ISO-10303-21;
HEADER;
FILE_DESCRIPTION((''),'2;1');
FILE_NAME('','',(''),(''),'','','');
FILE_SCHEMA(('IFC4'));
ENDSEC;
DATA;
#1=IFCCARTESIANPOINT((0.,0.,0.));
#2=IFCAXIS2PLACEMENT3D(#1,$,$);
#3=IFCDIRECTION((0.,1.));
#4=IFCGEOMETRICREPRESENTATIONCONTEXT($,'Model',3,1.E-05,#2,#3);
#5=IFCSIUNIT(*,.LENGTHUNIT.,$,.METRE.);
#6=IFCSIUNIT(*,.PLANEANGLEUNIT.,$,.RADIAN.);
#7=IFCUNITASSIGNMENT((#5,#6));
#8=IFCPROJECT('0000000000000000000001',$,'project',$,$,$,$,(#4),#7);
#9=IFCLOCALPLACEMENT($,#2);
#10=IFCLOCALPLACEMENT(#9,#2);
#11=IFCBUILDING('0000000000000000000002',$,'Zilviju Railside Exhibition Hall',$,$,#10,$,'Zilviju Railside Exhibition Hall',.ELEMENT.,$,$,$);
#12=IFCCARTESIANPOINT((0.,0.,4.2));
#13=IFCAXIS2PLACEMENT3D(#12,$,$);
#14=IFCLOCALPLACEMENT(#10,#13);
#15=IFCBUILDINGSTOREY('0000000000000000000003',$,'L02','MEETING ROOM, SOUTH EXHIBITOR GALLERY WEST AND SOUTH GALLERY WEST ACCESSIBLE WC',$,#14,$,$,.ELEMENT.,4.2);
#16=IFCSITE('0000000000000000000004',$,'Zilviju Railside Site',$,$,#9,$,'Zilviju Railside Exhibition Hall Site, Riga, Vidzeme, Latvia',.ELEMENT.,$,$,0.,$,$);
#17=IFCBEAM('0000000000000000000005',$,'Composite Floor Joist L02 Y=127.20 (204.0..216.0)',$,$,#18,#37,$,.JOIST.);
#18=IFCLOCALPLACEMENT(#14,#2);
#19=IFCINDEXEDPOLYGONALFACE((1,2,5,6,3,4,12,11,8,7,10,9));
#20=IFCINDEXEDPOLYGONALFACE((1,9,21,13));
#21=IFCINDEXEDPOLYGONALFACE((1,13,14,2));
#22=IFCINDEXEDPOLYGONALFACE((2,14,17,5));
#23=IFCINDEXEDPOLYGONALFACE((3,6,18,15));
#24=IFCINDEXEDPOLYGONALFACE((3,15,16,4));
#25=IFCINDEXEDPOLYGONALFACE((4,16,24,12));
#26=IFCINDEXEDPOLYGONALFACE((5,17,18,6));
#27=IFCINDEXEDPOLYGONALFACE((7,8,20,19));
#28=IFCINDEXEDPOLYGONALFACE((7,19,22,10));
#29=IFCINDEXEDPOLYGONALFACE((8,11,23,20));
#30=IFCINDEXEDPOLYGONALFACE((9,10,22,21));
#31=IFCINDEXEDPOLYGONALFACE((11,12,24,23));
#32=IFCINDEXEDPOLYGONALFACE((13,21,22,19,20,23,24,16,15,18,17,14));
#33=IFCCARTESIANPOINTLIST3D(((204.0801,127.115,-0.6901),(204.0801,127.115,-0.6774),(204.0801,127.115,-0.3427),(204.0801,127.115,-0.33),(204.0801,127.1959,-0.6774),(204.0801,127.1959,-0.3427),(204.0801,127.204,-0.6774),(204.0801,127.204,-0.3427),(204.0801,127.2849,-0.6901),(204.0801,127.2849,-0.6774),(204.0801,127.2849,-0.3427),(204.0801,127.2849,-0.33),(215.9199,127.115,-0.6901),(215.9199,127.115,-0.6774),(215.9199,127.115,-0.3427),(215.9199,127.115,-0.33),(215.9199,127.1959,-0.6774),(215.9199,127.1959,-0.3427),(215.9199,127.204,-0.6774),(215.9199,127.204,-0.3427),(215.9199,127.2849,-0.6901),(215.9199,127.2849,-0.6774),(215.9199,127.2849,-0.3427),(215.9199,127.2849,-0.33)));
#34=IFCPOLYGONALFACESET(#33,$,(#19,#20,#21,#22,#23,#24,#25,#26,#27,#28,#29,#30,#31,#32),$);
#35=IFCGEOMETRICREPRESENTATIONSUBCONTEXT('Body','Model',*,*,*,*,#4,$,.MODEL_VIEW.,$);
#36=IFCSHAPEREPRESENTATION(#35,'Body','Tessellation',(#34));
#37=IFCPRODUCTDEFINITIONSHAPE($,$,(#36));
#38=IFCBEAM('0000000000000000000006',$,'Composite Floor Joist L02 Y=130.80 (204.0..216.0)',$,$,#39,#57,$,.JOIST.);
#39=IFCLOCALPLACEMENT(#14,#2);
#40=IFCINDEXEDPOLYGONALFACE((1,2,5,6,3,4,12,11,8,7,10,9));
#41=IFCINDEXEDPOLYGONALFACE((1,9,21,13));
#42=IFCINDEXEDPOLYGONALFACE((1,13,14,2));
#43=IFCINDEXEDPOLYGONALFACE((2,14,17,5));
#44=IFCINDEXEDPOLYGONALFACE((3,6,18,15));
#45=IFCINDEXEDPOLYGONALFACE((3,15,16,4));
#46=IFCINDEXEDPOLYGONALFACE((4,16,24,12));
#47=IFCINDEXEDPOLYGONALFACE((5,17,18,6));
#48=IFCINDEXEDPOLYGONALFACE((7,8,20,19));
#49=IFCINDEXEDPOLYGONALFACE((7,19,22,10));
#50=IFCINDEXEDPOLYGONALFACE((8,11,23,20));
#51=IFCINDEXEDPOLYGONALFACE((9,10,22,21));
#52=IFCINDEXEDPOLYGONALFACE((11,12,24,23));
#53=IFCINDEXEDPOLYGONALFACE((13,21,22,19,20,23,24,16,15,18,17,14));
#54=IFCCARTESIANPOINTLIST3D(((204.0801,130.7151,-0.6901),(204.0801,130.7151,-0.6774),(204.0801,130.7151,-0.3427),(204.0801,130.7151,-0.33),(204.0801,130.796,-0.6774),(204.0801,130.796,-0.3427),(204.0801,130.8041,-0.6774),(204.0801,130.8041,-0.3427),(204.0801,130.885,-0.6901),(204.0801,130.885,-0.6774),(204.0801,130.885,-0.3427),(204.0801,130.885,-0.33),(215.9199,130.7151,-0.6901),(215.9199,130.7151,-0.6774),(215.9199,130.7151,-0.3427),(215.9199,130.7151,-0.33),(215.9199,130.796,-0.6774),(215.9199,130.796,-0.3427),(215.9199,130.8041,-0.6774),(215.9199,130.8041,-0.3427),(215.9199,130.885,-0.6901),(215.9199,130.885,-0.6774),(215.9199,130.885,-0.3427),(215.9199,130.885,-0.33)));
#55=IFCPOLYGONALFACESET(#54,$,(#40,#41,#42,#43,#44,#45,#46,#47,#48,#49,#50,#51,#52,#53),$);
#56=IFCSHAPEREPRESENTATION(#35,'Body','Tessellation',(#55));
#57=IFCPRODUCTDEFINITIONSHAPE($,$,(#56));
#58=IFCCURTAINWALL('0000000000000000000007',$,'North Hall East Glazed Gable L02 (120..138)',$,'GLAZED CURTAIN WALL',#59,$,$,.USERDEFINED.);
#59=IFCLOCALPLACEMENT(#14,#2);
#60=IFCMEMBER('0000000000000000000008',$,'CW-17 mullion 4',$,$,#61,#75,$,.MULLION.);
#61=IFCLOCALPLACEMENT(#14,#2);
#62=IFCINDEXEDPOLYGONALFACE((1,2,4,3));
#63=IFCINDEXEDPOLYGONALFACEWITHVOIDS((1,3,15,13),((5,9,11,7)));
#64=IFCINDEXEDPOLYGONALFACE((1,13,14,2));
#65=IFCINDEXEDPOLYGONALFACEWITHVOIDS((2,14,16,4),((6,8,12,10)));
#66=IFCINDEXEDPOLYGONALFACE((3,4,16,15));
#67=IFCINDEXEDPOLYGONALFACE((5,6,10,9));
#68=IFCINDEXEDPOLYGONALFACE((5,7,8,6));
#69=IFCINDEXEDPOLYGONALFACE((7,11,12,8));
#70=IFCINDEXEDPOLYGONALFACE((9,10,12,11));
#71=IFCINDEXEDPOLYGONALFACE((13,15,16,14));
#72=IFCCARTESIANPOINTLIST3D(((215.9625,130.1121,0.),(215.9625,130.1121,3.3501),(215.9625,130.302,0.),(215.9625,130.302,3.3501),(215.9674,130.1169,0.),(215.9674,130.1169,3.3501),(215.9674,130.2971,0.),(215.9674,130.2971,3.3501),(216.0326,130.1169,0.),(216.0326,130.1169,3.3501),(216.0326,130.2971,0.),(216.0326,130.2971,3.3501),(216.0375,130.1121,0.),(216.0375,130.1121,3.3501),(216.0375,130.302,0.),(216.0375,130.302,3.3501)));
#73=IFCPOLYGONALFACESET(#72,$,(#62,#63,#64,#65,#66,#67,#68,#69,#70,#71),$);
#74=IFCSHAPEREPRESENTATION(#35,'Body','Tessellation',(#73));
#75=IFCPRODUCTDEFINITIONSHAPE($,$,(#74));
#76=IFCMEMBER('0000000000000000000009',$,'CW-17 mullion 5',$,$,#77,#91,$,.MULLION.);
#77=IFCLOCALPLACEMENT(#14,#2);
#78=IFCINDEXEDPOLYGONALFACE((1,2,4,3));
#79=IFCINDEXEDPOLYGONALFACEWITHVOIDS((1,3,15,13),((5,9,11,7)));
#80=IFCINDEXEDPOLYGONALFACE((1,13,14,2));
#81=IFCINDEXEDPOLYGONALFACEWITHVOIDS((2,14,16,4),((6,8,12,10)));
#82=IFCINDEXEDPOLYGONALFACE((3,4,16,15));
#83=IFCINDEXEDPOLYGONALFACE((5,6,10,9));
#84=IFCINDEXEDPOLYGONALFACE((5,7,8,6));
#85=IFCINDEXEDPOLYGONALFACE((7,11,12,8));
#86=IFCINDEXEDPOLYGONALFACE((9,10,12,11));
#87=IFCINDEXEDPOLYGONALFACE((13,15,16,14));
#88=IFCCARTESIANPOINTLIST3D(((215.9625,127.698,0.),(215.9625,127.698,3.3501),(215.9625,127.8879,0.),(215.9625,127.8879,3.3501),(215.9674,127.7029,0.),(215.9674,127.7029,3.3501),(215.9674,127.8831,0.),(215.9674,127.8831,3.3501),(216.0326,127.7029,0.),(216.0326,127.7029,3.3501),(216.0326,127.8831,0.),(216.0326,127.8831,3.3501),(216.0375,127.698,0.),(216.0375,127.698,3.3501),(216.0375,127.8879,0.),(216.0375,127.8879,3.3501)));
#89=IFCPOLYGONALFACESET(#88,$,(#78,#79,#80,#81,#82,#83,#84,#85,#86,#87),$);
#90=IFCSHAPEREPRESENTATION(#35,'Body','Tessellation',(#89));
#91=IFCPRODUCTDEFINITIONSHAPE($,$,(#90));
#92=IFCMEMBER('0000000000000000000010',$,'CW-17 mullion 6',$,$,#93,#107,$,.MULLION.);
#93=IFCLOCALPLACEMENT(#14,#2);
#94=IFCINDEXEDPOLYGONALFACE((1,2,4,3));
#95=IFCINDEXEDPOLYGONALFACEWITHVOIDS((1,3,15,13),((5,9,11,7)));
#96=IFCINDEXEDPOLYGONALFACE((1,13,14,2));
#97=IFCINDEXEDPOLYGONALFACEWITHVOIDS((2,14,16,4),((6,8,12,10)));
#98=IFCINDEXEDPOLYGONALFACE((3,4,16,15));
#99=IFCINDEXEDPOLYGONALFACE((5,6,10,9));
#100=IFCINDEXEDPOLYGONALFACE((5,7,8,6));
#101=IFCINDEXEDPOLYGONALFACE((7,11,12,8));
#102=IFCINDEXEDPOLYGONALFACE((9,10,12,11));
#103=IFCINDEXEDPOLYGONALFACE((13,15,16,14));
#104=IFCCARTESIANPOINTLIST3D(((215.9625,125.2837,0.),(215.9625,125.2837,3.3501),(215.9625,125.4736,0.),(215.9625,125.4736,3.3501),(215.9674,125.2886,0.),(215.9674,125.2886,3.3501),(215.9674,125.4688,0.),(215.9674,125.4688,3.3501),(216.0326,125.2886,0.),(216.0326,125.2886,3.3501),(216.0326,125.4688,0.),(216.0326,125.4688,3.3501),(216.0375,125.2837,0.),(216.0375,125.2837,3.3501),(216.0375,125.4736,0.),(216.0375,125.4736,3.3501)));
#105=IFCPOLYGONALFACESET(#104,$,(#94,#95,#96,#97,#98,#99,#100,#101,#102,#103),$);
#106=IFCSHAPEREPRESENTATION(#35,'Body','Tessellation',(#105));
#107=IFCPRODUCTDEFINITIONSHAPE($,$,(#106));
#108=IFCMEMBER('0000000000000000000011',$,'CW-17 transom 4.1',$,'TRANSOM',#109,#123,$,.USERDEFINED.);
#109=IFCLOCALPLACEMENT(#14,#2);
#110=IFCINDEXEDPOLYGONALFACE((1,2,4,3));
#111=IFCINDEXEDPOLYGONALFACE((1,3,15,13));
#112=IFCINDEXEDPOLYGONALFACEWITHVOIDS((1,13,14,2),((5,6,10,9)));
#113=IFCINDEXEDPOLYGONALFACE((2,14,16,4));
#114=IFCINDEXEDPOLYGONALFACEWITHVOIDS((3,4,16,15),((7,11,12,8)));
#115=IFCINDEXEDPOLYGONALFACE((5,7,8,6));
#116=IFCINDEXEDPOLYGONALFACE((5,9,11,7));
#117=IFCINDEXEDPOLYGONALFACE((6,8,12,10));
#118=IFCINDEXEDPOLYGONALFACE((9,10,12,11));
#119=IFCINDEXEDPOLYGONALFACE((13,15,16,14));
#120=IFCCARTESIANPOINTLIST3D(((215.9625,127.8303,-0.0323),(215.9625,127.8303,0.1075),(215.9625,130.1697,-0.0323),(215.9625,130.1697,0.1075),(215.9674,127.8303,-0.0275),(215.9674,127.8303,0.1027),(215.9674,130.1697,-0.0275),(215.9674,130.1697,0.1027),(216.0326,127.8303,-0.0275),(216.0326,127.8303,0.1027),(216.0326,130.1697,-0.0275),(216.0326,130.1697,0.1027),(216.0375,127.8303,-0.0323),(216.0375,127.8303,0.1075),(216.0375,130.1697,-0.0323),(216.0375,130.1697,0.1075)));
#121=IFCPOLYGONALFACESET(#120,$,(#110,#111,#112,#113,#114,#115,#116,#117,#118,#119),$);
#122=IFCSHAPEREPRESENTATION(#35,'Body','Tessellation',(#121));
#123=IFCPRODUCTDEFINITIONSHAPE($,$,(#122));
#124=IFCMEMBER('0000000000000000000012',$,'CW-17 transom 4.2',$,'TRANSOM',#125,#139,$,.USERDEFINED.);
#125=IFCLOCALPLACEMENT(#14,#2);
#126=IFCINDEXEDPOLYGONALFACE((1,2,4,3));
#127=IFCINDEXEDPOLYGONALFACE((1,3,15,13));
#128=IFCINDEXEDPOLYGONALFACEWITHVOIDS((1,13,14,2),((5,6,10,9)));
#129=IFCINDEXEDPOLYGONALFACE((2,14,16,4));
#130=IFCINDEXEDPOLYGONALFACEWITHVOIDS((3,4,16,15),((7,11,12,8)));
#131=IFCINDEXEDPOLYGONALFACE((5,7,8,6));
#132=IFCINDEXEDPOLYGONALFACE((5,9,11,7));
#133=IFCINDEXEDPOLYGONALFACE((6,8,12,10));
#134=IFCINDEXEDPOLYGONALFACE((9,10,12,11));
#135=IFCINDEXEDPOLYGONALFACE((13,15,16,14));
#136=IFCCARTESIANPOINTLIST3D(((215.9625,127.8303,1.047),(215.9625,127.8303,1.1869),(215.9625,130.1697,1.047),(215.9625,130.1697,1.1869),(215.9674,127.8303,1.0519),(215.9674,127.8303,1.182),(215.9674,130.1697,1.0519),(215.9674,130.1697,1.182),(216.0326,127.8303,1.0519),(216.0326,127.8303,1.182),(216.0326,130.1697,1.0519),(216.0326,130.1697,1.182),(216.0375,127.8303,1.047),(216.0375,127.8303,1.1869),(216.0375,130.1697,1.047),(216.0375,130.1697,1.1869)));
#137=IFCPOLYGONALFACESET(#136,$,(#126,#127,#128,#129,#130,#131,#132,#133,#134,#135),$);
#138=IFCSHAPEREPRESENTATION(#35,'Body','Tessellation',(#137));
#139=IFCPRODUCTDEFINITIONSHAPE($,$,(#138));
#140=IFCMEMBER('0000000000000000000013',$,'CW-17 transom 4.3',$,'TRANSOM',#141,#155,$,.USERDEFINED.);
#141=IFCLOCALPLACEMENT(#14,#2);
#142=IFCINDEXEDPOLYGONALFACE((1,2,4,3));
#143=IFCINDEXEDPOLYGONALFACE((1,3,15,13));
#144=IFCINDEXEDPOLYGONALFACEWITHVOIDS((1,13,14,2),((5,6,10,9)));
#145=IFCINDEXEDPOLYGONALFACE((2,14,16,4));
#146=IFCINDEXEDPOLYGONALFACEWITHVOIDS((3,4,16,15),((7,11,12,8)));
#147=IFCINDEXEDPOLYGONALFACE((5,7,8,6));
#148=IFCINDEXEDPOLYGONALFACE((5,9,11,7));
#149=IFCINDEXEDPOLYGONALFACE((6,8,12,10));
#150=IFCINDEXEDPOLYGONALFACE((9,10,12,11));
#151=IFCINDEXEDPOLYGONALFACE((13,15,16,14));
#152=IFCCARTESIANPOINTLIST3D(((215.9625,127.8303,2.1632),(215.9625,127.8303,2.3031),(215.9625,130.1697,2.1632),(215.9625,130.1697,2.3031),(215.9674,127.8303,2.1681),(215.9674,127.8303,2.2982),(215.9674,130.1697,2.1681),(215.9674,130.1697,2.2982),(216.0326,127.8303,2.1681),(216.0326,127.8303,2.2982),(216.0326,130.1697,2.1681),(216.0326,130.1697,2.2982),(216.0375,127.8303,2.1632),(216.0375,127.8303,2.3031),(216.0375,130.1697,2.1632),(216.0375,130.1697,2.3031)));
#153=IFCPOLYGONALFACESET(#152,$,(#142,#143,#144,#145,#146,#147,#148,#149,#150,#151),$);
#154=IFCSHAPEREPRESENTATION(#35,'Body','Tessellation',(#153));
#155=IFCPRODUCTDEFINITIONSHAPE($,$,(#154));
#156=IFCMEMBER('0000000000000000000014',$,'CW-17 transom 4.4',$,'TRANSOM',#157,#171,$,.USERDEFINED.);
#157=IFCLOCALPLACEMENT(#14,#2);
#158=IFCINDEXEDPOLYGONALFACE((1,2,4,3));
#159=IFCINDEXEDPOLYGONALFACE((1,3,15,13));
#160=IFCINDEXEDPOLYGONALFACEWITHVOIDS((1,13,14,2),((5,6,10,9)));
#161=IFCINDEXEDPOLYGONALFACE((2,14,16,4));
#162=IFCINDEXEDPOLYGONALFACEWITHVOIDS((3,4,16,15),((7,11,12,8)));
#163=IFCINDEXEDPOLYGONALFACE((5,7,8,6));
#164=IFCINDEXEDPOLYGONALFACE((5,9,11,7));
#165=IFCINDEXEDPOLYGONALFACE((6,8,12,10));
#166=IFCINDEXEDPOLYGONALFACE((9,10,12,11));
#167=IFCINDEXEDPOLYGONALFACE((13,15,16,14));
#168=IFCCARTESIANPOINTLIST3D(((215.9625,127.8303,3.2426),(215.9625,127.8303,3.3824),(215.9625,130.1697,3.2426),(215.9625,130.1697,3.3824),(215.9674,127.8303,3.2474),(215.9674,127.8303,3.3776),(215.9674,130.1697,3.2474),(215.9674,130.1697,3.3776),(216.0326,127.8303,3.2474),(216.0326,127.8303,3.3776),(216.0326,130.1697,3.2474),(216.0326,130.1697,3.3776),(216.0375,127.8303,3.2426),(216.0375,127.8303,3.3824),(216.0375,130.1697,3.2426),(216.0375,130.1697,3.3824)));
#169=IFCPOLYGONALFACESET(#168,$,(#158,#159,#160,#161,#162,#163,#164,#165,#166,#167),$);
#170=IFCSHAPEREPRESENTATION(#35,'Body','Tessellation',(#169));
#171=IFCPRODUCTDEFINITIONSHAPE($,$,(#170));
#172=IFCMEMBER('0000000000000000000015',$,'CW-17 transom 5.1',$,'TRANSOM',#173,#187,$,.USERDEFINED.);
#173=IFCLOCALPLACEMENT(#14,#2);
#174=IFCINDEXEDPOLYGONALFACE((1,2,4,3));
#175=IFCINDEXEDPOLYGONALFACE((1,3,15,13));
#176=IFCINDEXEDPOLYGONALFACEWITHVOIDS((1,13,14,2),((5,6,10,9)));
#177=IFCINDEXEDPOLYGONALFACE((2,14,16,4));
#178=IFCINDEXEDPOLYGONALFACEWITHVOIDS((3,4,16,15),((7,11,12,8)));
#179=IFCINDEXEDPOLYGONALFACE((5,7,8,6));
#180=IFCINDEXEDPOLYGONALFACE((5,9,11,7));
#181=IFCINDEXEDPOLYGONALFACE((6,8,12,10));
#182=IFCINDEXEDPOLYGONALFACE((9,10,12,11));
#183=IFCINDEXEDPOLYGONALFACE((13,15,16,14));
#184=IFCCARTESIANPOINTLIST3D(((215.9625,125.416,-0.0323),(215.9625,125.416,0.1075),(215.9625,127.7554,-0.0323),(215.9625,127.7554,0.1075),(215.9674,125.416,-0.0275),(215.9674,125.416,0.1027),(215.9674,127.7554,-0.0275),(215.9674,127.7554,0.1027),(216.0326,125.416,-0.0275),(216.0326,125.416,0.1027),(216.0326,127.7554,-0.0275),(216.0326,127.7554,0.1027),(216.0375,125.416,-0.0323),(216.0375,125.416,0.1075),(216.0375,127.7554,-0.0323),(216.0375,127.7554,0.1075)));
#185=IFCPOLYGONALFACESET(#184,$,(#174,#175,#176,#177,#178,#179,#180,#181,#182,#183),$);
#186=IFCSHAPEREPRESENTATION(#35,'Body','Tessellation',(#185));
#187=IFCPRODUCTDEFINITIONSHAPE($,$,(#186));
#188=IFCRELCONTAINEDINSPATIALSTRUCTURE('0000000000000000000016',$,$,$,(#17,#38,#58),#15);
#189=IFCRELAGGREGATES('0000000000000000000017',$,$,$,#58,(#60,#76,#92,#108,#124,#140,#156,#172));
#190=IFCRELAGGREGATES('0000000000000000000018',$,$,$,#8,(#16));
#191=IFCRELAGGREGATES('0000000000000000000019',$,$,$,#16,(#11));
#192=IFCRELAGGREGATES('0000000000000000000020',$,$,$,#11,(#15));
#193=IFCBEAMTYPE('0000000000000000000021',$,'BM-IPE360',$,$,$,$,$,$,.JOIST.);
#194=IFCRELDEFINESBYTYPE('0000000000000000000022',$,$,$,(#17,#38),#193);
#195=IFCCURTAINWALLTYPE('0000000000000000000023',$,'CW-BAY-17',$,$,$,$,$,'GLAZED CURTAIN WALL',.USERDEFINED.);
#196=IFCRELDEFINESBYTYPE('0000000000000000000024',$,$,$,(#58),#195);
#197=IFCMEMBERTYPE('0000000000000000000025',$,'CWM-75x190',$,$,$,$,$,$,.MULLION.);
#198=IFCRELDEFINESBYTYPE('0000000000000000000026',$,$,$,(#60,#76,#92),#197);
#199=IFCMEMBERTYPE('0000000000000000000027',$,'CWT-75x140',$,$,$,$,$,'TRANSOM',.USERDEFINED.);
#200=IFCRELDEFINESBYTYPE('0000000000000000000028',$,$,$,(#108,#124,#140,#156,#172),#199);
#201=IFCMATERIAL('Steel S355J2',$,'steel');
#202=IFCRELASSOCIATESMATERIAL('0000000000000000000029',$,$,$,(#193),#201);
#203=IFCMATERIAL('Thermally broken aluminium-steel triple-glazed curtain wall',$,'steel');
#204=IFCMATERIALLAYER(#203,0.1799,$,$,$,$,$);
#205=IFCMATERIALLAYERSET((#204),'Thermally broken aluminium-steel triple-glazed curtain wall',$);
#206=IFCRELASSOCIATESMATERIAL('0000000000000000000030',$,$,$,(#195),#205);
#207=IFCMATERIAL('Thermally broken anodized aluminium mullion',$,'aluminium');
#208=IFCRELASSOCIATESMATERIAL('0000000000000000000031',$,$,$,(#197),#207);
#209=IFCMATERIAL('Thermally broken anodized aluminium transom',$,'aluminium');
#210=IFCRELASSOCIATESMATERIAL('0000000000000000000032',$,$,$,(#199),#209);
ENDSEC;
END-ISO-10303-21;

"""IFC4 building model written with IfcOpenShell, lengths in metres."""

from ifc_helpers import new_model, si_unit, direction, frame, origin, origin_2d, place, context, subcontext, project, spatial, hollow_rectangle, i_section, extrude, material, layer, layer_set, material_profile, profile_set, type_object, element, aggregate, save


model = new_model("IFC4")

# Units and contexts
model_context = context("Model", 3, precision=1e-05, world=origin(), true_north=direction((0.0, 1.0)))
body_context = subcontext(model_context, "Body", "Model", "MODEL_VIEW")
ifc_project = project(units=[si_unit("LENGTHUNIT", "METRE"), si_unit("PLANEANGLEUNIT", "RADIAN")], contexts=[model_context])

# Site, building, storey
site_placement = place(None, origin())
site = spatial("IfcSite", under=ifc_project, at=site_placement, Name="Zilviju Railside Site", LongName="Zilviju Railside Exhibition Hall Site, Riga, Vidzeme, Latvia", CompositionType="ELEMENT", RefElevation=0.0)
building_placement = place(site_placement, origin())
building = spatial("IfcBuilding", under=site, at=building_placement, Name="Zilviju Railside Exhibition Hall", LongName="Zilviju Railside Exhibition Hall", CompositionType="ELEMENT")
storey_placement = place(building_placement, frame((0.0, 0.0, 4.2)))
storey = spatial("IfcBuildingStorey", under=building, at=storey_placement, Name="L02", Description="MEETING ROOM, SOUTH EXHIBITOR GALLERY WEST AND SOUTH GALLERY WEST ACCESSIBLE WC", CompositionType="ELEMENT", Elevation=4.2)

# Beams
ifc_material_1 = material(Name="Steel S355J2", Category="steel")
ifc_material_profile_1 = material_profile(ifc_material_1, i_section(OverallWidth=0.1699, OverallDepth=0.3601, WebThickness=0.0081, FlangeThickness=0.0127, at=origin_2d()), Name="IPE 360")
ifc_profile_set_1 = profile_set([ifc_material_profile_1], Name="Steel S355J2")
beam_type = type_object("IfcBeamType", Name="BM-IPE360", PredefinedType="JOIST", material=ifc_profile_set_1)
for number, where, z_axis, x_axis, name in (
    (1, (204.0801, 127.2, -0.51), (1.0, 0.0, 0.0), (0.0, 1.0, 0.0), "Composite Floor Joist L02 Y=127.20 (204.0..216.0)"),
    (2, (204.0801, 130.8, -0.51), (1.0, 0.0, 0.0), (0.0, 1.0, 0.0), "Composite Floor Joist L02 Y=130.80 (204.0..216.0)"),
):
    element("IfcBeam", number, at=place(storey_placement, frame(where, z_axis=z_axis, x_axis=x_axis)), inside=storey, type_object=beam_type, Name=name, PredefinedType="JOIST", context=body_context, shape_type="SweptSolid", body=[
        extrude(i_section(OverallWidth=0.1699, OverallDepth=0.3601, WebThickness=0.0081, FlangeThickness=0.0127, at=origin_2d()), origin(), (0.0, 0.0, 1.0), 11.8398),
    ])

# Curtain wall, members
ifc_material_2 = material(Name="Thermally broken aluminium-steel triple-glazed curtain wall", Category="steel")
ifc_layer_1 = layer(ifc_material_2, 0.1799)
ifc_layer_set_1 = layer_set([ifc_layer_1], Name="Thermally broken aluminium-steel triple-glazed curtain wall")
curtain_wall_type = type_object("IfcCurtainWallType", Name="CW-BAY-17", ElementType="GLAZED CURTAIN WALL", PredefinedType="USERDEFINED", material=ifc_layer_set_1)
curtain_wall_placement = place(storey_placement, origin())
curtain_wall = element("IfcCurtainWall", 3, at=curtain_wall_placement, inside=storey, type_object=curtain_wall_type, Name="North Hall East Glazed Gable L02 (120..138)", ObjectType="GLAZED CURTAIN WALL", PredefinedType="USERDEFINED")
ifc_material_3 = material(Name="Thermally broken anodized aluminium mullion", Category="aluminium")
ifc_material_profile_2 = material_profile(ifc_material_3, hollow_rectangle(XDim=0.075, YDim=0.1899, WallThickness=0.0049, at=origin_2d()), Name="MULLION 190x75x5")
ifc_profile_set_2 = profile_set([ifc_material_profile_2], Name="Thermally broken anodized aluminium mullion")
member_type_1 = type_object("IfcMemberType", Name="CWM-75x190", PredefinedType="MULLION", material=ifc_profile_set_2)
member_1_placement = place(storey_placement, frame((216.0, 130.207, 0.0), z_axis=(0.0, 0.0, 1.0), x_axis=(1.0, 0.0, 0.0)))
member_1 = element("IfcMember", 4, at=member_1_placement, type_object=member_type_1, Name="CW-17 mullion 4", PredefinedType="MULLION", context=body_context, shape_type="SweptSolid", body=[
    extrude(hollow_rectangle(XDim=0.075, YDim=0.1899, WallThickness=0.0049, at=origin_2d()), origin(), (0.0, 0.0, 1.0), 3.3501),
])
member_2_placement = place(storey_placement, frame((216.0, 127.793, 0.0), z_axis=(0.0, 0.0, 1.0), x_axis=(1.0, 0.0, 0.0)))
member_2 = element("IfcMember", 5, at=member_2_placement, type_object=member_type_1, Name="CW-17 mullion 5", PredefinedType="MULLION", context=body_context, shape_type="SweptSolid", body=[
    extrude(hollow_rectangle(XDim=0.075, YDim=0.1899, WallThickness=0.0049, at=origin_2d()), origin(), (0.0, 0.0, 1.0), 3.3501),
])
member_3_placement = place(storey_placement, frame((216.0, 125.3787, 0.0), z_axis=(0.0, 0.0, 1.0), x_axis=(1.0, 0.0, 0.0)))
member_3 = element("IfcMember", 6, at=member_3_placement, type_object=member_type_1, Name="CW-17 mullion 6", PredefinedType="MULLION", context=body_context, shape_type="SweptSolid", body=[
    extrude(hollow_rectangle(XDim=0.075, YDim=0.1899, WallThickness=0.0049, at=origin_2d()), origin(), (0.0, 0.0, 1.0), 3.3501),
])
ifc_material_4 = material(Name="Thermally broken anodized aluminium transom", Category="aluminium")
ifc_material_profile_3 = material_profile(ifc_material_4, hollow_rectangle(XDim=0.075, YDim=0.1399, WallThickness=0.0049, at=origin_2d()), Name="TRANSOM 140x75x5")
ifc_profile_set_3 = profile_set([ifc_material_profile_3], Name="Thermally broken anodized aluminium transom")
member_type_2 = type_object("IfcMemberType", Name="CWT-75x140", ElementType="TRANSOM", PredefinedType="USERDEFINED", material=ifc_profile_set_3)
member_4_placement = place(storey_placement, frame((216.0, 130.1697, 0.0376), z_axis=(0.0, -1.0, 0.0), x_axis=(1.0, 0.0, 0.0)))
member_4 = element("IfcMember", 7, at=member_4_placement, type_object=member_type_2, Name="CW-17 transom 4.1", ObjectType="TRANSOM", PredefinedType="USERDEFINED", context=body_context, shape_type="SweptSolid", body=[
    extrude(hollow_rectangle(XDim=0.075, YDim=0.1399, WallThickness=0.0049, at=origin_2d()), origin(), (0.0, 0.0, 1.0), 2.3394),
])
member_5_placement = place(storey_placement, frame((216.0, 130.1697, 1.1169), z_axis=(0.0, -1.0, 0.0), x_axis=(1.0, 0.0, 0.0)))
member_5 = element("IfcMember", 8, at=member_5_placement, type_object=member_type_2, Name="CW-17 transom 4.2", ObjectType="TRANSOM", PredefinedType="USERDEFINED", context=body_context, shape_type="SweptSolid", body=[
    extrude(hollow_rectangle(XDim=0.075, YDim=0.1399, WallThickness=0.0049, at=origin_2d()), origin(), (0.0, 0.0, 1.0), 2.3394),
])
member_6_placement = place(storey_placement, frame((216.0, 130.1697, 2.2332), z_axis=(0.0, -1.0, 0.0), x_axis=(1.0, 0.0, 0.0)))
member_6 = element("IfcMember", 9, at=member_6_placement, type_object=member_type_2, Name="CW-17 transom 4.3", ObjectType="TRANSOM", PredefinedType="USERDEFINED", context=body_context, shape_type="SweptSolid", body=[
    extrude(hollow_rectangle(XDim=0.075, YDim=0.1399, WallThickness=0.0049, at=origin_2d()), origin(), (0.0, 0.0, 1.0), 2.3394),
])
member_7_placement = place(storey_placement, frame((216.0, 130.1697, 3.3125), z_axis=(0.0, -1.0, 0.0), x_axis=(1.0, 0.0, 0.0)))
member_7 = element("IfcMember", 10, at=member_7_placement, type_object=member_type_2, Name="CW-17 transom 4.4", ObjectType="TRANSOM", PredefinedType="USERDEFINED", context=body_context, shape_type="SweptSolid", body=[
    extrude(hollow_rectangle(XDim=0.075, YDim=0.1399, WallThickness=0.0049, at=origin_2d()), origin(), (0.0, 0.0, 1.0), 2.3394),
])
member_8_placement = place(storey_placement, frame((216.0, 127.7554, 0.0376), z_axis=(0.0, -1.0, 0.0), x_axis=(1.0, 0.0, 0.0)))
member_8 = element("IfcMember", 11, at=member_8_placement, type_object=member_type_2, Name="CW-17 transom 5.1", ObjectType="TRANSOM", PredefinedType="USERDEFINED", context=body_context, shape_type="SweptSolid", body=[
    extrude(hollow_rectangle(XDim=0.075, YDim=0.1399, WallThickness=0.0049, at=origin_2d()), origin(), (0.0, 0.0, 1.0), 2.3394),
])
aggregate(curtain_wall, [member_1, member_2, member_3, member_4, member_5, member_6, member_7, member_8])

save(model, "model.ifc")
